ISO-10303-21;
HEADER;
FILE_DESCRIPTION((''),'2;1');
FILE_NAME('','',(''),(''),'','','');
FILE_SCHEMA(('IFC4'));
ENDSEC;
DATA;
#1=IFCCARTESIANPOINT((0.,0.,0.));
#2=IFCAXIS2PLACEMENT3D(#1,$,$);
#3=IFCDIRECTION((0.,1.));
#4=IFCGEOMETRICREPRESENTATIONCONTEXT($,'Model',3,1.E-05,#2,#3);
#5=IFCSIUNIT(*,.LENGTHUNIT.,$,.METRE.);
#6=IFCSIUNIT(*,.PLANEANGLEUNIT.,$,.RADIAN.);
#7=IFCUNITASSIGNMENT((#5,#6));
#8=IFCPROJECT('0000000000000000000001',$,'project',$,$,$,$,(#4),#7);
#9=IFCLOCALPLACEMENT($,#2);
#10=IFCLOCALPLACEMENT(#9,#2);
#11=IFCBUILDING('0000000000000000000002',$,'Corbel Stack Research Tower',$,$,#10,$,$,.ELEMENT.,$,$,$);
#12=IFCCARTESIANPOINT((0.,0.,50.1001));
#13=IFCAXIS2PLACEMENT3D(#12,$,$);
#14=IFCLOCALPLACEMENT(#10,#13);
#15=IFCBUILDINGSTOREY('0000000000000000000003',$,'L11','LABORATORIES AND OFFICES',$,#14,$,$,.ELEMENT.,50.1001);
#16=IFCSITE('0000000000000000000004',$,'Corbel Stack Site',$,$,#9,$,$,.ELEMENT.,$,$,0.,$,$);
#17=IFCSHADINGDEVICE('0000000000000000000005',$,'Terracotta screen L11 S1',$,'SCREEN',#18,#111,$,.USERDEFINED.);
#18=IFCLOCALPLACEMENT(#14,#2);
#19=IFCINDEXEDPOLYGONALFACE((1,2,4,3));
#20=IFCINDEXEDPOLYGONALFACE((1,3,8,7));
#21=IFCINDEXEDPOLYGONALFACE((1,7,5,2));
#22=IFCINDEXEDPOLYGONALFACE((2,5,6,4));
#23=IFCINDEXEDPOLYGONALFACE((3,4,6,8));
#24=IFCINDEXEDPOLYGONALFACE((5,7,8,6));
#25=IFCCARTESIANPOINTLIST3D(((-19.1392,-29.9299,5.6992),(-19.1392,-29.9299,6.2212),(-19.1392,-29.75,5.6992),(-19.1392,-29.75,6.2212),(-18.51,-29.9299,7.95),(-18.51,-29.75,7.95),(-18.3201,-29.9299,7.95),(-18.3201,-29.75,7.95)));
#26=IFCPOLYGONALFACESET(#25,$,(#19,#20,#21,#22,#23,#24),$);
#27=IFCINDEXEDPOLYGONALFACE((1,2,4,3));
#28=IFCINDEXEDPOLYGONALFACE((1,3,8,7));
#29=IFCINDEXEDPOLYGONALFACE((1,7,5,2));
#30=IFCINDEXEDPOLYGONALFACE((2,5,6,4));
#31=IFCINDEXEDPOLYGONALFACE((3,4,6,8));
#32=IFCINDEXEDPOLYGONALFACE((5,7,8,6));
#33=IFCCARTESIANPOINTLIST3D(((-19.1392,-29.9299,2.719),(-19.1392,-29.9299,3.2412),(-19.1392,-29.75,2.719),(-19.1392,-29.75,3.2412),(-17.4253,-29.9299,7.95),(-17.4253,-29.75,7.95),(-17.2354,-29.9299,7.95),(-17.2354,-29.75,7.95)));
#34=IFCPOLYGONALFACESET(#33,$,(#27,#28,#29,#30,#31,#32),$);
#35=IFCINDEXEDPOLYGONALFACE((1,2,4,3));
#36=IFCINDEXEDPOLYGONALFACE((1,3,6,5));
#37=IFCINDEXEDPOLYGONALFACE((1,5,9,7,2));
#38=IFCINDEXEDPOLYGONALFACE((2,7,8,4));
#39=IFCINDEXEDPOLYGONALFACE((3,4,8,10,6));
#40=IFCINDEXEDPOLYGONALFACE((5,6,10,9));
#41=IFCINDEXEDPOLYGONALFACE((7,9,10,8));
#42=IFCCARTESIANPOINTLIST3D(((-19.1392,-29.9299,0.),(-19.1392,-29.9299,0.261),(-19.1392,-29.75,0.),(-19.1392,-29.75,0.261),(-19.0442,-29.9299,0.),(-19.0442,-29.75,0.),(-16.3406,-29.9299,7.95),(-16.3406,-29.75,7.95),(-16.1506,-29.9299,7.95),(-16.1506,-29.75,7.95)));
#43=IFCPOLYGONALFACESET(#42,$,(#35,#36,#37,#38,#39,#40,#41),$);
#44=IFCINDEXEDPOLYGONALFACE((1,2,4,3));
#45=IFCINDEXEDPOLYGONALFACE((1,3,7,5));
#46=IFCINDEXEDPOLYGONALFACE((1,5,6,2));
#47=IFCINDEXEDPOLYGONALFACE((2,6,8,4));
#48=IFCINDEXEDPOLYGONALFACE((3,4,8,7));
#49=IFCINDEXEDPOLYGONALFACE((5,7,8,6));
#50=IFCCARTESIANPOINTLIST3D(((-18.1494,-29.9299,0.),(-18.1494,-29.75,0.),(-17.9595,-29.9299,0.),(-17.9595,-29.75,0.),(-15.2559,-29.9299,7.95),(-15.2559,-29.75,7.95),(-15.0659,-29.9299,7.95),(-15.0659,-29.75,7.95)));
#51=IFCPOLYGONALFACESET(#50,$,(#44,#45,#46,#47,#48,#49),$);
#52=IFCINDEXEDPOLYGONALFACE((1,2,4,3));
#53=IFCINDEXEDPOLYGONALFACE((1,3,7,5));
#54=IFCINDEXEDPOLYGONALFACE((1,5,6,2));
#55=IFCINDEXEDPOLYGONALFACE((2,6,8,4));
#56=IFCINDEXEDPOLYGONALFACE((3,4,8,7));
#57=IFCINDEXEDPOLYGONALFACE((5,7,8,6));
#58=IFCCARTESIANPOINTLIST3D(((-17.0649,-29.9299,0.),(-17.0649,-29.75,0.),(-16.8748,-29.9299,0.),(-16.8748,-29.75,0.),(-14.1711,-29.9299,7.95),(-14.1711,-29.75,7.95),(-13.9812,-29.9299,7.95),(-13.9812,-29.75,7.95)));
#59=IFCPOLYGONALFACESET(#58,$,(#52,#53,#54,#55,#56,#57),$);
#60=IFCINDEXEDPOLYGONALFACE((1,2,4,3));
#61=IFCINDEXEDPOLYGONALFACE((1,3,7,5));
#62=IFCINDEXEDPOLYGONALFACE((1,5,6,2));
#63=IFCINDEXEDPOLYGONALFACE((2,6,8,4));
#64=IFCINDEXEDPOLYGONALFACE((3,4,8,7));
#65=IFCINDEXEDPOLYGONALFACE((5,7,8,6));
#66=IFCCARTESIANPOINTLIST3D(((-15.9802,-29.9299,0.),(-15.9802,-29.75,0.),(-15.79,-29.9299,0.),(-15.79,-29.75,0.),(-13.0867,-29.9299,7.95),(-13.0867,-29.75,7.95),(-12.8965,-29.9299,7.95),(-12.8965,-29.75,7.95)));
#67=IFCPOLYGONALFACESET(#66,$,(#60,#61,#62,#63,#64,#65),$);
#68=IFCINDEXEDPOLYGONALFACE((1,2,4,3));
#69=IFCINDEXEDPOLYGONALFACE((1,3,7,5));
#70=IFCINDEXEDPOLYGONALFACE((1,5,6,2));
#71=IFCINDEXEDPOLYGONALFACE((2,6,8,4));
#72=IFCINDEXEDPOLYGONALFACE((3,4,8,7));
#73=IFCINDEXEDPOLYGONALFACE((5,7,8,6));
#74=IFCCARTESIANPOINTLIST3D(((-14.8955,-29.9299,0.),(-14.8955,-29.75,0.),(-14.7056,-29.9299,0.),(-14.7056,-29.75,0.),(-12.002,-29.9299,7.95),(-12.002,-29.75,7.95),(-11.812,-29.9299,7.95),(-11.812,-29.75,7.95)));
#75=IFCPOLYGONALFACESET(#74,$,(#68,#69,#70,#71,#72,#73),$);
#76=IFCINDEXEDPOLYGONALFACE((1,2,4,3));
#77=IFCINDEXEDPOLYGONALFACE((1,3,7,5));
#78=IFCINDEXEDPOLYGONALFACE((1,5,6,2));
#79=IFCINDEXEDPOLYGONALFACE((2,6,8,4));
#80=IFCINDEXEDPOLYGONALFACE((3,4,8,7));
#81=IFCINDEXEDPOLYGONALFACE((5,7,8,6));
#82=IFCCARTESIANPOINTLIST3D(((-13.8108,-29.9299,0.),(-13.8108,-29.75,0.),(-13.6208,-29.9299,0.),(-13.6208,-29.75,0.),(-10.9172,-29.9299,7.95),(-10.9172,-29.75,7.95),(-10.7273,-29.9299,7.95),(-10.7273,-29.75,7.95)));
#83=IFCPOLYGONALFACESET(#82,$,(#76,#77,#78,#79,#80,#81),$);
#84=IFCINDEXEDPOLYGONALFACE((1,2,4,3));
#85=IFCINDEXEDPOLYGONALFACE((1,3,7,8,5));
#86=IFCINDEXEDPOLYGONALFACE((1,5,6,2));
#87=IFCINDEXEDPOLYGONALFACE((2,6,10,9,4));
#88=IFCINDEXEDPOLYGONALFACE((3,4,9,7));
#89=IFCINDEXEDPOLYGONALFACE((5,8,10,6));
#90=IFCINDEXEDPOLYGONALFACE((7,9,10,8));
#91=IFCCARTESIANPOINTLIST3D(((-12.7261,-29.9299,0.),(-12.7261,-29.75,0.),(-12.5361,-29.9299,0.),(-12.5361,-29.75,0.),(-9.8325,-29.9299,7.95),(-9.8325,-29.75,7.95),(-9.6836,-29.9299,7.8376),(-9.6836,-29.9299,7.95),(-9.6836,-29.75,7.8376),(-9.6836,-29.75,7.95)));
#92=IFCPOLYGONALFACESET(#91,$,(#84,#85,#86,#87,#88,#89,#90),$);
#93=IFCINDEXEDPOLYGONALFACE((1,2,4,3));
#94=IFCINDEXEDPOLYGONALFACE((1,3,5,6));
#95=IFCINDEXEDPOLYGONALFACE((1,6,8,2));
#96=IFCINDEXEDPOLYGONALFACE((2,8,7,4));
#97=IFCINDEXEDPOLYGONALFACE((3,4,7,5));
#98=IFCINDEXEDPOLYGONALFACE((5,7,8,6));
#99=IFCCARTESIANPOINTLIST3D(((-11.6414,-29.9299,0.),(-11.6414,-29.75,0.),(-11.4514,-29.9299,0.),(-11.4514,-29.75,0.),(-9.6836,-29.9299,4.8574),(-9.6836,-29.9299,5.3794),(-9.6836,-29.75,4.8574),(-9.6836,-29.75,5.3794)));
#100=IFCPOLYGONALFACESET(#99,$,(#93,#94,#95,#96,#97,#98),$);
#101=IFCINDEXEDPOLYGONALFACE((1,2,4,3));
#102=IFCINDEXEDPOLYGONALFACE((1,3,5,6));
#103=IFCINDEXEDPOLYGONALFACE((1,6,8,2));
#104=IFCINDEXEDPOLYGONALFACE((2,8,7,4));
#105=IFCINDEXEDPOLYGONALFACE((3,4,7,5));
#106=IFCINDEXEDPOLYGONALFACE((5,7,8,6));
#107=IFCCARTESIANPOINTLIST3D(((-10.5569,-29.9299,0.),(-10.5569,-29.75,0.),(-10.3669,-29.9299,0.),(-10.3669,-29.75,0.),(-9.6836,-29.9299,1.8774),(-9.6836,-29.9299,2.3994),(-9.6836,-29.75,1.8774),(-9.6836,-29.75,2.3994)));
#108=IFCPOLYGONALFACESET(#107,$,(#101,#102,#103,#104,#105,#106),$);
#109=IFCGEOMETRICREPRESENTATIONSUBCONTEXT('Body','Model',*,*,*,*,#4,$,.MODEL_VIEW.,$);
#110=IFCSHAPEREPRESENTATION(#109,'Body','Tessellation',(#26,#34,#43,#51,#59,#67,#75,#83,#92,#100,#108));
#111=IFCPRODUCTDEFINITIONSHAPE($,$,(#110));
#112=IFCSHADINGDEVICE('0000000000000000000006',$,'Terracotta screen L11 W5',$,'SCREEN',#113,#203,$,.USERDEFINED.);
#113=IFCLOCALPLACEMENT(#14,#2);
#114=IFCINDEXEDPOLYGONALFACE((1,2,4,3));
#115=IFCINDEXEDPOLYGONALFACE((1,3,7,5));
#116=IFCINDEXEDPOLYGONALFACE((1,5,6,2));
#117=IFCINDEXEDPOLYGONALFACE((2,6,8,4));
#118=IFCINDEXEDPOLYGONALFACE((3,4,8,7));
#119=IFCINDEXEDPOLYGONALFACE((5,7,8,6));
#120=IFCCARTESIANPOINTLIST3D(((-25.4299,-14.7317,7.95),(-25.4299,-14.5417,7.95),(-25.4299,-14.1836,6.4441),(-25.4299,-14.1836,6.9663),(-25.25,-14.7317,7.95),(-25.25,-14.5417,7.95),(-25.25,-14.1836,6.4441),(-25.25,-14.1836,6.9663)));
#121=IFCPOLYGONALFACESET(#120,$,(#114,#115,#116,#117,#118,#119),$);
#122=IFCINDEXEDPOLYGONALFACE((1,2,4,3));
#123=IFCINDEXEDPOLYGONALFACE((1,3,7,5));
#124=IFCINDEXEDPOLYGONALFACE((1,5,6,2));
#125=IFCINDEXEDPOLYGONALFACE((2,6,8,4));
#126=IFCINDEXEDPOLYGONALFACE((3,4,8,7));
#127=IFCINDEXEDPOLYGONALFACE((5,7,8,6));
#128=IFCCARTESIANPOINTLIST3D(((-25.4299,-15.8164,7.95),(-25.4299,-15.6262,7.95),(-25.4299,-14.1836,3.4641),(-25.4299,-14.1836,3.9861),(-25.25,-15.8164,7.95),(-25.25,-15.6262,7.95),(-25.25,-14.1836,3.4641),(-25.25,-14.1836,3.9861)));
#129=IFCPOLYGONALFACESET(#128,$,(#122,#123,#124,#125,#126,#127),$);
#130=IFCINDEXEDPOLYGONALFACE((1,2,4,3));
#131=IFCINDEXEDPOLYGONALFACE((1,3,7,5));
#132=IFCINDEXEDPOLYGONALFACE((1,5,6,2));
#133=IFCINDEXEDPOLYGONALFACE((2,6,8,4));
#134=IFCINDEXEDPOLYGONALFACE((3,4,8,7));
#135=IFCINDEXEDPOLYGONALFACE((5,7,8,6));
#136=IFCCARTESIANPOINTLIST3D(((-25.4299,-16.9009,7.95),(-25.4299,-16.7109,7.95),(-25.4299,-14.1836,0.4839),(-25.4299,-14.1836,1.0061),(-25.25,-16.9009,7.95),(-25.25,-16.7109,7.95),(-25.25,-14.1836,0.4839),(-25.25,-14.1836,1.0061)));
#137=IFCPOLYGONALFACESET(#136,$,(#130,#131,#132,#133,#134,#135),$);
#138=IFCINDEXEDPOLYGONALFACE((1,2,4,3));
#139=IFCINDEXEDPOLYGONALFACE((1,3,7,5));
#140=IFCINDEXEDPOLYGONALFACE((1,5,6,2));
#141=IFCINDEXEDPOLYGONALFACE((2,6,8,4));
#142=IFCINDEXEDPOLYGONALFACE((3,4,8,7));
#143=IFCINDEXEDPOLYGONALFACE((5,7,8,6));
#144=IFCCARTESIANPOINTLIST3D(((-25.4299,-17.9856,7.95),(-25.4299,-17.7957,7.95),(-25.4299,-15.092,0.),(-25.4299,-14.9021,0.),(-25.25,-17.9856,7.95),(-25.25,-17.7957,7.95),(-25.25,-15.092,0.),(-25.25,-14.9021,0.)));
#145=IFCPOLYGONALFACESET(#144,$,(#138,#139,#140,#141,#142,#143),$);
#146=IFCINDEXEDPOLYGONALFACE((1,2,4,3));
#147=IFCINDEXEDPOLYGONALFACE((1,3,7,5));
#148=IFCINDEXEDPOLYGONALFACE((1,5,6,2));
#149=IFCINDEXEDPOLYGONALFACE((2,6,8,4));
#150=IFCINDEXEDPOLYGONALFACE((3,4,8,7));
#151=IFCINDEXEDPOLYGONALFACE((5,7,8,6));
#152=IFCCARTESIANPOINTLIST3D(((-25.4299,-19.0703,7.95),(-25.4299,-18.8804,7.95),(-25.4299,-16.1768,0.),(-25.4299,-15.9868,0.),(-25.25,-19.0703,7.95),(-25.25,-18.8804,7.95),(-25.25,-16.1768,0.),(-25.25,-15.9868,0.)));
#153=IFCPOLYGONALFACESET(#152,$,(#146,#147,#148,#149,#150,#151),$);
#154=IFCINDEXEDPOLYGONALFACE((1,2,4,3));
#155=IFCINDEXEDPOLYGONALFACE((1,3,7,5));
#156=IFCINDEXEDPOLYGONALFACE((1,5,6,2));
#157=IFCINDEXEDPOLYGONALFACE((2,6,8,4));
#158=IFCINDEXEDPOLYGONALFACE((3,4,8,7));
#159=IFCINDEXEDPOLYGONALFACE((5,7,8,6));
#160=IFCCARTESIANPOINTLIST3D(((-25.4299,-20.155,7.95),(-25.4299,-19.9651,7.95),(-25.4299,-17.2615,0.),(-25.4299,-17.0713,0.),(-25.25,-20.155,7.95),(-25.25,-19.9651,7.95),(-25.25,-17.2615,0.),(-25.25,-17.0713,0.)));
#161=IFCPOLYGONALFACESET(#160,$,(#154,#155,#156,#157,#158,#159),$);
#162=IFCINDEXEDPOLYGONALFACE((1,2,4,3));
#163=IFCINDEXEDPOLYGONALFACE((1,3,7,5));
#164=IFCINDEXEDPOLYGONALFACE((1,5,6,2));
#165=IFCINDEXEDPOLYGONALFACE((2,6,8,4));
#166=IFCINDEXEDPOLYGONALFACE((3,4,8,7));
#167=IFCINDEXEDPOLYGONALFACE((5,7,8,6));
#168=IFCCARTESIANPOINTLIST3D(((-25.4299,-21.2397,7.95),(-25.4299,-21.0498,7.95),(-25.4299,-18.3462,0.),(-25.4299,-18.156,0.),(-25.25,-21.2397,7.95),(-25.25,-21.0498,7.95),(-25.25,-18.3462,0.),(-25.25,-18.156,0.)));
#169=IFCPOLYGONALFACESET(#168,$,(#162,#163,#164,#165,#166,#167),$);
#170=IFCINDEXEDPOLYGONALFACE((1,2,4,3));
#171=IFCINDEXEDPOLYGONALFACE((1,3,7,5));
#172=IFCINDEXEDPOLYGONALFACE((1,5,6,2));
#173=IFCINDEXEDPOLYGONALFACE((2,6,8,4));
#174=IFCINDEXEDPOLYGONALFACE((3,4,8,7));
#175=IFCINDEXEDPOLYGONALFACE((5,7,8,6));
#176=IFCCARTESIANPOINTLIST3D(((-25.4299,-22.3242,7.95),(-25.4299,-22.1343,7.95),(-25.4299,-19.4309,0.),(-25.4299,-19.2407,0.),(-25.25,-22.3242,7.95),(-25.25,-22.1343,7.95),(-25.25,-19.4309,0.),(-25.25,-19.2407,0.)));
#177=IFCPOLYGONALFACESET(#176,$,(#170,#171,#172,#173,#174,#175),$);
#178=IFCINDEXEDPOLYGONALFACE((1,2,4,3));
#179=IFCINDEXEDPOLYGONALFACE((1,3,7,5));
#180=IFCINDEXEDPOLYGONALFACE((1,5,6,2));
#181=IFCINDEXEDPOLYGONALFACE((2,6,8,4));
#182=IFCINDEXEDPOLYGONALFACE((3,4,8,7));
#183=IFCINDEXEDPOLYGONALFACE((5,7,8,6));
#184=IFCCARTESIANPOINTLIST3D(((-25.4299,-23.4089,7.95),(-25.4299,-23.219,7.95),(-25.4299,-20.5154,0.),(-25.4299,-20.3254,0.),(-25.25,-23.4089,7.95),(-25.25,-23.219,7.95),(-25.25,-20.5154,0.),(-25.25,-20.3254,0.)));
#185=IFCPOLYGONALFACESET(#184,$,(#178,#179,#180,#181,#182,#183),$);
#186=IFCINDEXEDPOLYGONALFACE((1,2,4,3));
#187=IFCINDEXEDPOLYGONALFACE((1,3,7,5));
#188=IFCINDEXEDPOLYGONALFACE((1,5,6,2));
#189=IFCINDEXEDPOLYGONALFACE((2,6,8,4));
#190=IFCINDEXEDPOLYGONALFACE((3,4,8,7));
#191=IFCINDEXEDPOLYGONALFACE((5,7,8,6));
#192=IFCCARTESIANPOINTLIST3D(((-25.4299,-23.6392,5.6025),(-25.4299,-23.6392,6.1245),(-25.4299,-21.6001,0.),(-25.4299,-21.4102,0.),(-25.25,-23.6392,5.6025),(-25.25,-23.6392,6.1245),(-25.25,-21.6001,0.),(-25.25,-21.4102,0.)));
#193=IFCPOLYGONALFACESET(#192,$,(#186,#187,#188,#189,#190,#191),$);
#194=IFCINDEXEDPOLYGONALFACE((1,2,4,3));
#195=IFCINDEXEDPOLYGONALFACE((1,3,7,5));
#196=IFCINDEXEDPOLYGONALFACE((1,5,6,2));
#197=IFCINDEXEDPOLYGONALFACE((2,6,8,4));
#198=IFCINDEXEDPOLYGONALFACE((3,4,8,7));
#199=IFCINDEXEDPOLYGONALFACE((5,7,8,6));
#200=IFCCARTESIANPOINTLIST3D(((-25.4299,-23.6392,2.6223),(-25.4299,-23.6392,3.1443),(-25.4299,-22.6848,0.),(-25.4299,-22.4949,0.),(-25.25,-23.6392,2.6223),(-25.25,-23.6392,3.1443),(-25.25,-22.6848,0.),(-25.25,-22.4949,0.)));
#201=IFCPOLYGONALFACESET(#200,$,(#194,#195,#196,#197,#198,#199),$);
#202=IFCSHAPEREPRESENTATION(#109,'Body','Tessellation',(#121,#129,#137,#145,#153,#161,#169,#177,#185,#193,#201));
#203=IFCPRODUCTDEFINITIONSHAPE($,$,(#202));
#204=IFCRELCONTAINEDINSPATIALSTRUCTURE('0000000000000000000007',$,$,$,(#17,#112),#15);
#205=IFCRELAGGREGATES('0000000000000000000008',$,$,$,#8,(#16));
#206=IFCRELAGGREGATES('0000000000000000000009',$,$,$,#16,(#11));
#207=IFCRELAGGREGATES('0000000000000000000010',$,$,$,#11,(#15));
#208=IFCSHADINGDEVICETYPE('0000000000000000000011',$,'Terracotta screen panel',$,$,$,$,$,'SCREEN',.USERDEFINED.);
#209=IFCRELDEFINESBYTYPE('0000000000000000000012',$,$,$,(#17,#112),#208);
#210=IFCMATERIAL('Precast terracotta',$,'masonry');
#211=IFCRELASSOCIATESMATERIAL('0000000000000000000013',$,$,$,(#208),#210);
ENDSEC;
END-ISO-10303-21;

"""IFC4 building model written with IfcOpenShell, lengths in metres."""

from ifc_helpers import new_model, si_unit, direction, frame, origin, place, context, subcontext, project, spatial, polyline, outline, extrude, source, transform, mapped, material, type_object, element, save


model = new_model("IFC4")

# Units and contexts
model_context = context("Model", 3, precision=1e-05, world=origin(), true_north=direction((0.0, 1.0)))
body_context = subcontext(model_context, "Body", "Model", "MODEL_VIEW")
ifc_project = project(units=[si_unit("LENGTHUNIT", "METRE"), si_unit("PLANEANGLEUNIT", "RADIAN")], contexts=[model_context])

# Site, building, storey
site_placement = place(None, origin())
site = spatial("IfcSite", under=ifc_project, at=site_placement, Name="Corbel Stack Site", CompositionType="ELEMENT", RefElevation=0.0)
building_placement = place(site_placement, origin())
building = spatial("IfcBuilding", under=site, at=building_placement, Name="Corbel Stack Research Tower", CompositionType="ELEMENT")
storey_placement = place(building_placement, frame((0.0, 0.0, 50.1001)))
storey = spatial("IfcBuildingStorey", under=building, at=storey_placement, Name="L11", Description="LABORATORIES AND OFFICES", CompositionType="ELEMENT", Elevation=50.1001)

# Shading devices
ifc_material_1 = material(Name="Precast terracotta", Category="masonry")
shading_device_type = type_object("IfcShadingDeviceType", Name="Terracotta screen panel", ElementType="SCREEN", PredefinedType="USERDEFINED", material=ifc_material_1)
shared_shape_1 = source(origin(), body_context, "Body", "SweptSolid", [
    extrude(outline(polyline([(0.8191, 7.95), (0.6292, 7.95), (0.0, 6.2212), (0.0, 5.6992), (0.8191, 7.95)])), frame((0.0, 0.0, 0.0), z_axis=(0.0, -1.0, 0.0), x_axis=(1.0, 0.0, 0.0)), (0.0, 0.0, 1.0), 0.1799),
    extrude(outline(polyline([(1.9038, 7.95), (1.7139, 7.95), (0.0, 3.2412), (0.0, 2.719), (1.9038, 7.95)])), frame((0.0, 0.0, 0.0), z_axis=(0.0, -1.0, 0.0), x_axis=(1.0, 0.0, 0.0)), (0.0, 0.0, 1.0), 0.1799),
    extrude(outline(polyline([(0.095, 0.0), (2.9885, 7.95), (2.7986, 7.95), (0.0, 0.261), (0.0, 0.0), (0.095, 0.0)])), frame((0.0, 0.0, 0.0), z_axis=(0.0, -1.0, 0.0), x_axis=(1.0, 0.0, 0.0)), (0.0, 0.0, 1.0), 0.1799),
    extrude(outline(polyline([(1.1797, 0.0), (4.0732, 7.95), (3.8833, 7.95), (0.9897, 0.0), (1.1797, 0.0)])), frame((0.0, 0.0, 0.0), z_axis=(0.0, -1.0, 0.0), x_axis=(1.0, 0.0, 0.0)), (0.0, 0.0, 1.0), 0.1799),
    extrude(outline(polyline([(2.2644, 0.0), (5.158, 7.95), (4.968, 7.95), (2.0742, 0.0), (2.2644, 0.0)])), frame((0.0, 0.0, 0.0), z_axis=(0.0, -1.0, 0.0), x_axis=(1.0, 0.0, 0.0)), (0.0, 0.0, 1.0), 0.1799),
    extrude(outline(polyline([(3.3491, 0.0), (6.2427, 7.95), (6.0525, 7.95), (3.1589, 0.0), (3.3491, 0.0)])), frame((0.0, 0.0, 0.0), z_axis=(0.0, -1.0, 0.0), x_axis=(1.0, 0.0, 0.0)), (0.0, 0.0, 1.0), 0.1799),
    extrude(outline(polyline([(4.4336, 0.0), (7.3271, 7.95), (7.1372, 7.95), (4.2437, 0.0), (4.4336, 0.0)])), frame((0.0, 0.0, 0.0), z_axis=(0.0, -1.0, 0.0), x_axis=(1.0, 0.0, 0.0)), (0.0, 0.0, 1.0), 0.1799),
    extrude(outline(polyline([(5.5183, 0.0), (8.4119, 7.95), (8.2219, 7.95), (5.3284, 0.0), (5.5183, 0.0)])), frame((0.0, 0.0, 0.0), z_axis=(0.0, -1.0, 0.0), x_axis=(1.0, 0.0, 0.0)), (0.0, 0.0, 1.0), 0.1799),
    extrude(outline(polyline([(6.603, 0.0), (9.4556, 7.8376), (9.4556, 7.95), (9.3066, 7.95), (6.4131, 0.0), (6.603, 0.0)])), frame((0.0, 0.0, 0.0), z_axis=(0.0, -1.0, 0.0), x_axis=(1.0, 0.0, 0.0)), (0.0, 0.0, 1.0), 0.1799),
    extrude(outline(polyline([(7.6877, 0.0), (9.4556, 4.8574), (9.4556, 5.3794), (7.4978, 0.0), (7.6877, 0.0)])), frame((0.0, 0.0, 0.0), z_axis=(0.0, -1.0, 0.0), x_axis=(1.0, 0.0, 0.0)), (0.0, 0.0, 1.0), 0.1799),
    extrude(outline(polyline([(8.7722, 0.0), (9.4556, 1.8774), (9.4556, 2.3994), (8.5823, 0.0), (8.7722, 0.0)])), frame((0.0, 0.0, 0.0), z_axis=(0.0, -1.0, 0.0), x_axis=(1.0, 0.0, 0.0)), (0.0, 0.0, 1.0), 0.1799),
])
shading_device_1_placement = place(storey_placement, frame((-19.1392, -29.75, 0.0), z_axis=(0.0, 0.0, 1.0), x_axis=(1.0, 0.0, 0.0)))
element("IfcShadingDevice", 1, at=shading_device_1_placement, inside=storey, type_object=shading_device_type, Name="Terracotta screen L11 S1", ObjectType="SCREEN", PredefinedType="USERDEFINED", context=body_context, shape_type="MappedRepresentation", body=[
    mapped(shared_shape_1, transform((0.0, 0.0, 0.0))),
])
shared_shape_2 = source(origin(), body_context, "Body", "SweptSolid", [
    extrude(outline(polyline([(0.5481, 7.95), (0.3582, 7.95), (0.0, 6.9663), (0.0, 6.4441), (0.5481, 7.95)])), frame((0.0, 0.0, 0.0), z_axis=(0.0, -1.0, 0.0), x_axis=(1.0, 0.0, 0.0)), (0.0, 0.0, 1.0), 0.1799),
    extrude(outline(polyline([(1.6328, 7.95), (1.4426, 7.95), (0.0, 3.9861), (0.0, 3.4641), (1.6328, 7.95)])), frame((0.0, 0.0, 0.0), z_axis=(0.0, -1.0, 0.0), x_axis=(1.0, 0.0, 0.0)), (0.0, 0.0, 1.0), 0.1799),
    extrude(outline(polyline([(2.7173, 7.95), (2.5273, 7.95), (0.0, 1.0061), (0.0, 0.4839), (2.7173, 7.95)])), frame((0.0, 0.0, 0.0), z_axis=(0.0, -1.0, 0.0), x_axis=(1.0, 0.0, 0.0)), (0.0, 0.0, 1.0), 0.1799),
    extrude(outline(polyline([(0.9084, 0.0), (3.802, 7.95), (3.6121, 7.95), (0.7185, 0.0), (0.9084, 0.0)])), frame((0.0, 0.0, 0.0), z_axis=(0.0, -1.0, 0.0), x_axis=(1.0, 0.0, 0.0)), (0.0, 0.0, 1.0), 0.1799),
    extrude(outline(polyline([(1.9932, 0.0), (4.8867, 7.95), (4.6968, 7.95), (1.8032, 0.0), (1.9932, 0.0)])), frame((0.0, 0.0, 0.0), z_axis=(0.0, -1.0, 0.0), x_axis=(1.0, 0.0, 0.0)), (0.0, 0.0, 1.0), 0.1799),
    extrude(outline(polyline([(3.0779, 0.0), (5.9714, 7.95), (5.7815, 7.95), (2.8877, 0.0), (3.0779, 0.0)])), frame((0.0, 0.0, 0.0), z_axis=(0.0, -1.0, 0.0), x_axis=(1.0, 0.0, 0.0)), (0.0, 0.0, 1.0), 0.1799),
    extrude(outline(polyline([(4.1626, 0.0), (7.0562, 7.95), (6.8662, 7.95), (3.9724, 0.0), (4.1626, 0.0)])), frame((0.0, 0.0, 0.0), z_axis=(0.0, -1.0, 0.0), x_axis=(1.0, 0.0, 0.0)), (0.0, 0.0, 1.0), 0.1799),
    extrude(outline(polyline([(5.2473, 0.0), (8.1406, 7.95), (7.9507, 7.95), (5.0571, 0.0), (5.2473, 0.0)])), frame((0.0, 0.0, 0.0), z_axis=(0.0, -1.0, 0.0), x_axis=(1.0, 0.0, 0.0)), (0.0, 0.0, 1.0), 0.1799),
    extrude(outline(polyline([(6.3318, 0.0), (9.2253, 7.95), (9.0354, 7.95), (6.1418, 0.0), (6.3318, 0.0)])), frame((0.0, 0.0, 0.0), z_axis=(0.0, -1.0, 0.0), x_axis=(1.0, 0.0, 0.0)), (0.0, 0.0, 1.0), 0.1799),
    extrude(outline(polyline([(7.4165, 0.0), (9.4556, 5.6025), (9.4556, 6.1245), (7.2266, 0.0), (7.4165, 0.0)])), frame((0.0, 0.0, 0.0), z_axis=(0.0, -1.0, 0.0), x_axis=(1.0, 0.0, 0.0)), (0.0, 0.0, 1.0), 0.1799),
    extrude(outline(polyline([(8.5012, 0.0), (9.4556, 2.6223), (9.4556, 3.1443), (8.3113, 0.0), (8.5012, 0.0)])), frame((0.0, 0.0, 0.0), z_axis=(0.0, -1.0, 0.0), x_axis=(1.0, 0.0, 0.0)), (0.0, 0.0, 1.0), 0.1799),
])
shading_device_2_placement = place(storey_placement, frame((-25.25, -14.1836, 0.0), z_axis=(0.0, 0.0, 1.0), x_axis=(0.0, -1.0, 0.0)))
element("IfcShadingDevice", 2, at=shading_device_2_placement, inside=storey, type_object=shading_device_type, Name="Terracotta screen L11 W5", ObjectType="SCREEN", PredefinedType="USERDEFINED", context=body_context, shape_type="MappedRepresentation", body=[
    mapped(shared_shape_2, transform((0.0, 0.0, 0.0))),
])

save(model, "model.ifc")
